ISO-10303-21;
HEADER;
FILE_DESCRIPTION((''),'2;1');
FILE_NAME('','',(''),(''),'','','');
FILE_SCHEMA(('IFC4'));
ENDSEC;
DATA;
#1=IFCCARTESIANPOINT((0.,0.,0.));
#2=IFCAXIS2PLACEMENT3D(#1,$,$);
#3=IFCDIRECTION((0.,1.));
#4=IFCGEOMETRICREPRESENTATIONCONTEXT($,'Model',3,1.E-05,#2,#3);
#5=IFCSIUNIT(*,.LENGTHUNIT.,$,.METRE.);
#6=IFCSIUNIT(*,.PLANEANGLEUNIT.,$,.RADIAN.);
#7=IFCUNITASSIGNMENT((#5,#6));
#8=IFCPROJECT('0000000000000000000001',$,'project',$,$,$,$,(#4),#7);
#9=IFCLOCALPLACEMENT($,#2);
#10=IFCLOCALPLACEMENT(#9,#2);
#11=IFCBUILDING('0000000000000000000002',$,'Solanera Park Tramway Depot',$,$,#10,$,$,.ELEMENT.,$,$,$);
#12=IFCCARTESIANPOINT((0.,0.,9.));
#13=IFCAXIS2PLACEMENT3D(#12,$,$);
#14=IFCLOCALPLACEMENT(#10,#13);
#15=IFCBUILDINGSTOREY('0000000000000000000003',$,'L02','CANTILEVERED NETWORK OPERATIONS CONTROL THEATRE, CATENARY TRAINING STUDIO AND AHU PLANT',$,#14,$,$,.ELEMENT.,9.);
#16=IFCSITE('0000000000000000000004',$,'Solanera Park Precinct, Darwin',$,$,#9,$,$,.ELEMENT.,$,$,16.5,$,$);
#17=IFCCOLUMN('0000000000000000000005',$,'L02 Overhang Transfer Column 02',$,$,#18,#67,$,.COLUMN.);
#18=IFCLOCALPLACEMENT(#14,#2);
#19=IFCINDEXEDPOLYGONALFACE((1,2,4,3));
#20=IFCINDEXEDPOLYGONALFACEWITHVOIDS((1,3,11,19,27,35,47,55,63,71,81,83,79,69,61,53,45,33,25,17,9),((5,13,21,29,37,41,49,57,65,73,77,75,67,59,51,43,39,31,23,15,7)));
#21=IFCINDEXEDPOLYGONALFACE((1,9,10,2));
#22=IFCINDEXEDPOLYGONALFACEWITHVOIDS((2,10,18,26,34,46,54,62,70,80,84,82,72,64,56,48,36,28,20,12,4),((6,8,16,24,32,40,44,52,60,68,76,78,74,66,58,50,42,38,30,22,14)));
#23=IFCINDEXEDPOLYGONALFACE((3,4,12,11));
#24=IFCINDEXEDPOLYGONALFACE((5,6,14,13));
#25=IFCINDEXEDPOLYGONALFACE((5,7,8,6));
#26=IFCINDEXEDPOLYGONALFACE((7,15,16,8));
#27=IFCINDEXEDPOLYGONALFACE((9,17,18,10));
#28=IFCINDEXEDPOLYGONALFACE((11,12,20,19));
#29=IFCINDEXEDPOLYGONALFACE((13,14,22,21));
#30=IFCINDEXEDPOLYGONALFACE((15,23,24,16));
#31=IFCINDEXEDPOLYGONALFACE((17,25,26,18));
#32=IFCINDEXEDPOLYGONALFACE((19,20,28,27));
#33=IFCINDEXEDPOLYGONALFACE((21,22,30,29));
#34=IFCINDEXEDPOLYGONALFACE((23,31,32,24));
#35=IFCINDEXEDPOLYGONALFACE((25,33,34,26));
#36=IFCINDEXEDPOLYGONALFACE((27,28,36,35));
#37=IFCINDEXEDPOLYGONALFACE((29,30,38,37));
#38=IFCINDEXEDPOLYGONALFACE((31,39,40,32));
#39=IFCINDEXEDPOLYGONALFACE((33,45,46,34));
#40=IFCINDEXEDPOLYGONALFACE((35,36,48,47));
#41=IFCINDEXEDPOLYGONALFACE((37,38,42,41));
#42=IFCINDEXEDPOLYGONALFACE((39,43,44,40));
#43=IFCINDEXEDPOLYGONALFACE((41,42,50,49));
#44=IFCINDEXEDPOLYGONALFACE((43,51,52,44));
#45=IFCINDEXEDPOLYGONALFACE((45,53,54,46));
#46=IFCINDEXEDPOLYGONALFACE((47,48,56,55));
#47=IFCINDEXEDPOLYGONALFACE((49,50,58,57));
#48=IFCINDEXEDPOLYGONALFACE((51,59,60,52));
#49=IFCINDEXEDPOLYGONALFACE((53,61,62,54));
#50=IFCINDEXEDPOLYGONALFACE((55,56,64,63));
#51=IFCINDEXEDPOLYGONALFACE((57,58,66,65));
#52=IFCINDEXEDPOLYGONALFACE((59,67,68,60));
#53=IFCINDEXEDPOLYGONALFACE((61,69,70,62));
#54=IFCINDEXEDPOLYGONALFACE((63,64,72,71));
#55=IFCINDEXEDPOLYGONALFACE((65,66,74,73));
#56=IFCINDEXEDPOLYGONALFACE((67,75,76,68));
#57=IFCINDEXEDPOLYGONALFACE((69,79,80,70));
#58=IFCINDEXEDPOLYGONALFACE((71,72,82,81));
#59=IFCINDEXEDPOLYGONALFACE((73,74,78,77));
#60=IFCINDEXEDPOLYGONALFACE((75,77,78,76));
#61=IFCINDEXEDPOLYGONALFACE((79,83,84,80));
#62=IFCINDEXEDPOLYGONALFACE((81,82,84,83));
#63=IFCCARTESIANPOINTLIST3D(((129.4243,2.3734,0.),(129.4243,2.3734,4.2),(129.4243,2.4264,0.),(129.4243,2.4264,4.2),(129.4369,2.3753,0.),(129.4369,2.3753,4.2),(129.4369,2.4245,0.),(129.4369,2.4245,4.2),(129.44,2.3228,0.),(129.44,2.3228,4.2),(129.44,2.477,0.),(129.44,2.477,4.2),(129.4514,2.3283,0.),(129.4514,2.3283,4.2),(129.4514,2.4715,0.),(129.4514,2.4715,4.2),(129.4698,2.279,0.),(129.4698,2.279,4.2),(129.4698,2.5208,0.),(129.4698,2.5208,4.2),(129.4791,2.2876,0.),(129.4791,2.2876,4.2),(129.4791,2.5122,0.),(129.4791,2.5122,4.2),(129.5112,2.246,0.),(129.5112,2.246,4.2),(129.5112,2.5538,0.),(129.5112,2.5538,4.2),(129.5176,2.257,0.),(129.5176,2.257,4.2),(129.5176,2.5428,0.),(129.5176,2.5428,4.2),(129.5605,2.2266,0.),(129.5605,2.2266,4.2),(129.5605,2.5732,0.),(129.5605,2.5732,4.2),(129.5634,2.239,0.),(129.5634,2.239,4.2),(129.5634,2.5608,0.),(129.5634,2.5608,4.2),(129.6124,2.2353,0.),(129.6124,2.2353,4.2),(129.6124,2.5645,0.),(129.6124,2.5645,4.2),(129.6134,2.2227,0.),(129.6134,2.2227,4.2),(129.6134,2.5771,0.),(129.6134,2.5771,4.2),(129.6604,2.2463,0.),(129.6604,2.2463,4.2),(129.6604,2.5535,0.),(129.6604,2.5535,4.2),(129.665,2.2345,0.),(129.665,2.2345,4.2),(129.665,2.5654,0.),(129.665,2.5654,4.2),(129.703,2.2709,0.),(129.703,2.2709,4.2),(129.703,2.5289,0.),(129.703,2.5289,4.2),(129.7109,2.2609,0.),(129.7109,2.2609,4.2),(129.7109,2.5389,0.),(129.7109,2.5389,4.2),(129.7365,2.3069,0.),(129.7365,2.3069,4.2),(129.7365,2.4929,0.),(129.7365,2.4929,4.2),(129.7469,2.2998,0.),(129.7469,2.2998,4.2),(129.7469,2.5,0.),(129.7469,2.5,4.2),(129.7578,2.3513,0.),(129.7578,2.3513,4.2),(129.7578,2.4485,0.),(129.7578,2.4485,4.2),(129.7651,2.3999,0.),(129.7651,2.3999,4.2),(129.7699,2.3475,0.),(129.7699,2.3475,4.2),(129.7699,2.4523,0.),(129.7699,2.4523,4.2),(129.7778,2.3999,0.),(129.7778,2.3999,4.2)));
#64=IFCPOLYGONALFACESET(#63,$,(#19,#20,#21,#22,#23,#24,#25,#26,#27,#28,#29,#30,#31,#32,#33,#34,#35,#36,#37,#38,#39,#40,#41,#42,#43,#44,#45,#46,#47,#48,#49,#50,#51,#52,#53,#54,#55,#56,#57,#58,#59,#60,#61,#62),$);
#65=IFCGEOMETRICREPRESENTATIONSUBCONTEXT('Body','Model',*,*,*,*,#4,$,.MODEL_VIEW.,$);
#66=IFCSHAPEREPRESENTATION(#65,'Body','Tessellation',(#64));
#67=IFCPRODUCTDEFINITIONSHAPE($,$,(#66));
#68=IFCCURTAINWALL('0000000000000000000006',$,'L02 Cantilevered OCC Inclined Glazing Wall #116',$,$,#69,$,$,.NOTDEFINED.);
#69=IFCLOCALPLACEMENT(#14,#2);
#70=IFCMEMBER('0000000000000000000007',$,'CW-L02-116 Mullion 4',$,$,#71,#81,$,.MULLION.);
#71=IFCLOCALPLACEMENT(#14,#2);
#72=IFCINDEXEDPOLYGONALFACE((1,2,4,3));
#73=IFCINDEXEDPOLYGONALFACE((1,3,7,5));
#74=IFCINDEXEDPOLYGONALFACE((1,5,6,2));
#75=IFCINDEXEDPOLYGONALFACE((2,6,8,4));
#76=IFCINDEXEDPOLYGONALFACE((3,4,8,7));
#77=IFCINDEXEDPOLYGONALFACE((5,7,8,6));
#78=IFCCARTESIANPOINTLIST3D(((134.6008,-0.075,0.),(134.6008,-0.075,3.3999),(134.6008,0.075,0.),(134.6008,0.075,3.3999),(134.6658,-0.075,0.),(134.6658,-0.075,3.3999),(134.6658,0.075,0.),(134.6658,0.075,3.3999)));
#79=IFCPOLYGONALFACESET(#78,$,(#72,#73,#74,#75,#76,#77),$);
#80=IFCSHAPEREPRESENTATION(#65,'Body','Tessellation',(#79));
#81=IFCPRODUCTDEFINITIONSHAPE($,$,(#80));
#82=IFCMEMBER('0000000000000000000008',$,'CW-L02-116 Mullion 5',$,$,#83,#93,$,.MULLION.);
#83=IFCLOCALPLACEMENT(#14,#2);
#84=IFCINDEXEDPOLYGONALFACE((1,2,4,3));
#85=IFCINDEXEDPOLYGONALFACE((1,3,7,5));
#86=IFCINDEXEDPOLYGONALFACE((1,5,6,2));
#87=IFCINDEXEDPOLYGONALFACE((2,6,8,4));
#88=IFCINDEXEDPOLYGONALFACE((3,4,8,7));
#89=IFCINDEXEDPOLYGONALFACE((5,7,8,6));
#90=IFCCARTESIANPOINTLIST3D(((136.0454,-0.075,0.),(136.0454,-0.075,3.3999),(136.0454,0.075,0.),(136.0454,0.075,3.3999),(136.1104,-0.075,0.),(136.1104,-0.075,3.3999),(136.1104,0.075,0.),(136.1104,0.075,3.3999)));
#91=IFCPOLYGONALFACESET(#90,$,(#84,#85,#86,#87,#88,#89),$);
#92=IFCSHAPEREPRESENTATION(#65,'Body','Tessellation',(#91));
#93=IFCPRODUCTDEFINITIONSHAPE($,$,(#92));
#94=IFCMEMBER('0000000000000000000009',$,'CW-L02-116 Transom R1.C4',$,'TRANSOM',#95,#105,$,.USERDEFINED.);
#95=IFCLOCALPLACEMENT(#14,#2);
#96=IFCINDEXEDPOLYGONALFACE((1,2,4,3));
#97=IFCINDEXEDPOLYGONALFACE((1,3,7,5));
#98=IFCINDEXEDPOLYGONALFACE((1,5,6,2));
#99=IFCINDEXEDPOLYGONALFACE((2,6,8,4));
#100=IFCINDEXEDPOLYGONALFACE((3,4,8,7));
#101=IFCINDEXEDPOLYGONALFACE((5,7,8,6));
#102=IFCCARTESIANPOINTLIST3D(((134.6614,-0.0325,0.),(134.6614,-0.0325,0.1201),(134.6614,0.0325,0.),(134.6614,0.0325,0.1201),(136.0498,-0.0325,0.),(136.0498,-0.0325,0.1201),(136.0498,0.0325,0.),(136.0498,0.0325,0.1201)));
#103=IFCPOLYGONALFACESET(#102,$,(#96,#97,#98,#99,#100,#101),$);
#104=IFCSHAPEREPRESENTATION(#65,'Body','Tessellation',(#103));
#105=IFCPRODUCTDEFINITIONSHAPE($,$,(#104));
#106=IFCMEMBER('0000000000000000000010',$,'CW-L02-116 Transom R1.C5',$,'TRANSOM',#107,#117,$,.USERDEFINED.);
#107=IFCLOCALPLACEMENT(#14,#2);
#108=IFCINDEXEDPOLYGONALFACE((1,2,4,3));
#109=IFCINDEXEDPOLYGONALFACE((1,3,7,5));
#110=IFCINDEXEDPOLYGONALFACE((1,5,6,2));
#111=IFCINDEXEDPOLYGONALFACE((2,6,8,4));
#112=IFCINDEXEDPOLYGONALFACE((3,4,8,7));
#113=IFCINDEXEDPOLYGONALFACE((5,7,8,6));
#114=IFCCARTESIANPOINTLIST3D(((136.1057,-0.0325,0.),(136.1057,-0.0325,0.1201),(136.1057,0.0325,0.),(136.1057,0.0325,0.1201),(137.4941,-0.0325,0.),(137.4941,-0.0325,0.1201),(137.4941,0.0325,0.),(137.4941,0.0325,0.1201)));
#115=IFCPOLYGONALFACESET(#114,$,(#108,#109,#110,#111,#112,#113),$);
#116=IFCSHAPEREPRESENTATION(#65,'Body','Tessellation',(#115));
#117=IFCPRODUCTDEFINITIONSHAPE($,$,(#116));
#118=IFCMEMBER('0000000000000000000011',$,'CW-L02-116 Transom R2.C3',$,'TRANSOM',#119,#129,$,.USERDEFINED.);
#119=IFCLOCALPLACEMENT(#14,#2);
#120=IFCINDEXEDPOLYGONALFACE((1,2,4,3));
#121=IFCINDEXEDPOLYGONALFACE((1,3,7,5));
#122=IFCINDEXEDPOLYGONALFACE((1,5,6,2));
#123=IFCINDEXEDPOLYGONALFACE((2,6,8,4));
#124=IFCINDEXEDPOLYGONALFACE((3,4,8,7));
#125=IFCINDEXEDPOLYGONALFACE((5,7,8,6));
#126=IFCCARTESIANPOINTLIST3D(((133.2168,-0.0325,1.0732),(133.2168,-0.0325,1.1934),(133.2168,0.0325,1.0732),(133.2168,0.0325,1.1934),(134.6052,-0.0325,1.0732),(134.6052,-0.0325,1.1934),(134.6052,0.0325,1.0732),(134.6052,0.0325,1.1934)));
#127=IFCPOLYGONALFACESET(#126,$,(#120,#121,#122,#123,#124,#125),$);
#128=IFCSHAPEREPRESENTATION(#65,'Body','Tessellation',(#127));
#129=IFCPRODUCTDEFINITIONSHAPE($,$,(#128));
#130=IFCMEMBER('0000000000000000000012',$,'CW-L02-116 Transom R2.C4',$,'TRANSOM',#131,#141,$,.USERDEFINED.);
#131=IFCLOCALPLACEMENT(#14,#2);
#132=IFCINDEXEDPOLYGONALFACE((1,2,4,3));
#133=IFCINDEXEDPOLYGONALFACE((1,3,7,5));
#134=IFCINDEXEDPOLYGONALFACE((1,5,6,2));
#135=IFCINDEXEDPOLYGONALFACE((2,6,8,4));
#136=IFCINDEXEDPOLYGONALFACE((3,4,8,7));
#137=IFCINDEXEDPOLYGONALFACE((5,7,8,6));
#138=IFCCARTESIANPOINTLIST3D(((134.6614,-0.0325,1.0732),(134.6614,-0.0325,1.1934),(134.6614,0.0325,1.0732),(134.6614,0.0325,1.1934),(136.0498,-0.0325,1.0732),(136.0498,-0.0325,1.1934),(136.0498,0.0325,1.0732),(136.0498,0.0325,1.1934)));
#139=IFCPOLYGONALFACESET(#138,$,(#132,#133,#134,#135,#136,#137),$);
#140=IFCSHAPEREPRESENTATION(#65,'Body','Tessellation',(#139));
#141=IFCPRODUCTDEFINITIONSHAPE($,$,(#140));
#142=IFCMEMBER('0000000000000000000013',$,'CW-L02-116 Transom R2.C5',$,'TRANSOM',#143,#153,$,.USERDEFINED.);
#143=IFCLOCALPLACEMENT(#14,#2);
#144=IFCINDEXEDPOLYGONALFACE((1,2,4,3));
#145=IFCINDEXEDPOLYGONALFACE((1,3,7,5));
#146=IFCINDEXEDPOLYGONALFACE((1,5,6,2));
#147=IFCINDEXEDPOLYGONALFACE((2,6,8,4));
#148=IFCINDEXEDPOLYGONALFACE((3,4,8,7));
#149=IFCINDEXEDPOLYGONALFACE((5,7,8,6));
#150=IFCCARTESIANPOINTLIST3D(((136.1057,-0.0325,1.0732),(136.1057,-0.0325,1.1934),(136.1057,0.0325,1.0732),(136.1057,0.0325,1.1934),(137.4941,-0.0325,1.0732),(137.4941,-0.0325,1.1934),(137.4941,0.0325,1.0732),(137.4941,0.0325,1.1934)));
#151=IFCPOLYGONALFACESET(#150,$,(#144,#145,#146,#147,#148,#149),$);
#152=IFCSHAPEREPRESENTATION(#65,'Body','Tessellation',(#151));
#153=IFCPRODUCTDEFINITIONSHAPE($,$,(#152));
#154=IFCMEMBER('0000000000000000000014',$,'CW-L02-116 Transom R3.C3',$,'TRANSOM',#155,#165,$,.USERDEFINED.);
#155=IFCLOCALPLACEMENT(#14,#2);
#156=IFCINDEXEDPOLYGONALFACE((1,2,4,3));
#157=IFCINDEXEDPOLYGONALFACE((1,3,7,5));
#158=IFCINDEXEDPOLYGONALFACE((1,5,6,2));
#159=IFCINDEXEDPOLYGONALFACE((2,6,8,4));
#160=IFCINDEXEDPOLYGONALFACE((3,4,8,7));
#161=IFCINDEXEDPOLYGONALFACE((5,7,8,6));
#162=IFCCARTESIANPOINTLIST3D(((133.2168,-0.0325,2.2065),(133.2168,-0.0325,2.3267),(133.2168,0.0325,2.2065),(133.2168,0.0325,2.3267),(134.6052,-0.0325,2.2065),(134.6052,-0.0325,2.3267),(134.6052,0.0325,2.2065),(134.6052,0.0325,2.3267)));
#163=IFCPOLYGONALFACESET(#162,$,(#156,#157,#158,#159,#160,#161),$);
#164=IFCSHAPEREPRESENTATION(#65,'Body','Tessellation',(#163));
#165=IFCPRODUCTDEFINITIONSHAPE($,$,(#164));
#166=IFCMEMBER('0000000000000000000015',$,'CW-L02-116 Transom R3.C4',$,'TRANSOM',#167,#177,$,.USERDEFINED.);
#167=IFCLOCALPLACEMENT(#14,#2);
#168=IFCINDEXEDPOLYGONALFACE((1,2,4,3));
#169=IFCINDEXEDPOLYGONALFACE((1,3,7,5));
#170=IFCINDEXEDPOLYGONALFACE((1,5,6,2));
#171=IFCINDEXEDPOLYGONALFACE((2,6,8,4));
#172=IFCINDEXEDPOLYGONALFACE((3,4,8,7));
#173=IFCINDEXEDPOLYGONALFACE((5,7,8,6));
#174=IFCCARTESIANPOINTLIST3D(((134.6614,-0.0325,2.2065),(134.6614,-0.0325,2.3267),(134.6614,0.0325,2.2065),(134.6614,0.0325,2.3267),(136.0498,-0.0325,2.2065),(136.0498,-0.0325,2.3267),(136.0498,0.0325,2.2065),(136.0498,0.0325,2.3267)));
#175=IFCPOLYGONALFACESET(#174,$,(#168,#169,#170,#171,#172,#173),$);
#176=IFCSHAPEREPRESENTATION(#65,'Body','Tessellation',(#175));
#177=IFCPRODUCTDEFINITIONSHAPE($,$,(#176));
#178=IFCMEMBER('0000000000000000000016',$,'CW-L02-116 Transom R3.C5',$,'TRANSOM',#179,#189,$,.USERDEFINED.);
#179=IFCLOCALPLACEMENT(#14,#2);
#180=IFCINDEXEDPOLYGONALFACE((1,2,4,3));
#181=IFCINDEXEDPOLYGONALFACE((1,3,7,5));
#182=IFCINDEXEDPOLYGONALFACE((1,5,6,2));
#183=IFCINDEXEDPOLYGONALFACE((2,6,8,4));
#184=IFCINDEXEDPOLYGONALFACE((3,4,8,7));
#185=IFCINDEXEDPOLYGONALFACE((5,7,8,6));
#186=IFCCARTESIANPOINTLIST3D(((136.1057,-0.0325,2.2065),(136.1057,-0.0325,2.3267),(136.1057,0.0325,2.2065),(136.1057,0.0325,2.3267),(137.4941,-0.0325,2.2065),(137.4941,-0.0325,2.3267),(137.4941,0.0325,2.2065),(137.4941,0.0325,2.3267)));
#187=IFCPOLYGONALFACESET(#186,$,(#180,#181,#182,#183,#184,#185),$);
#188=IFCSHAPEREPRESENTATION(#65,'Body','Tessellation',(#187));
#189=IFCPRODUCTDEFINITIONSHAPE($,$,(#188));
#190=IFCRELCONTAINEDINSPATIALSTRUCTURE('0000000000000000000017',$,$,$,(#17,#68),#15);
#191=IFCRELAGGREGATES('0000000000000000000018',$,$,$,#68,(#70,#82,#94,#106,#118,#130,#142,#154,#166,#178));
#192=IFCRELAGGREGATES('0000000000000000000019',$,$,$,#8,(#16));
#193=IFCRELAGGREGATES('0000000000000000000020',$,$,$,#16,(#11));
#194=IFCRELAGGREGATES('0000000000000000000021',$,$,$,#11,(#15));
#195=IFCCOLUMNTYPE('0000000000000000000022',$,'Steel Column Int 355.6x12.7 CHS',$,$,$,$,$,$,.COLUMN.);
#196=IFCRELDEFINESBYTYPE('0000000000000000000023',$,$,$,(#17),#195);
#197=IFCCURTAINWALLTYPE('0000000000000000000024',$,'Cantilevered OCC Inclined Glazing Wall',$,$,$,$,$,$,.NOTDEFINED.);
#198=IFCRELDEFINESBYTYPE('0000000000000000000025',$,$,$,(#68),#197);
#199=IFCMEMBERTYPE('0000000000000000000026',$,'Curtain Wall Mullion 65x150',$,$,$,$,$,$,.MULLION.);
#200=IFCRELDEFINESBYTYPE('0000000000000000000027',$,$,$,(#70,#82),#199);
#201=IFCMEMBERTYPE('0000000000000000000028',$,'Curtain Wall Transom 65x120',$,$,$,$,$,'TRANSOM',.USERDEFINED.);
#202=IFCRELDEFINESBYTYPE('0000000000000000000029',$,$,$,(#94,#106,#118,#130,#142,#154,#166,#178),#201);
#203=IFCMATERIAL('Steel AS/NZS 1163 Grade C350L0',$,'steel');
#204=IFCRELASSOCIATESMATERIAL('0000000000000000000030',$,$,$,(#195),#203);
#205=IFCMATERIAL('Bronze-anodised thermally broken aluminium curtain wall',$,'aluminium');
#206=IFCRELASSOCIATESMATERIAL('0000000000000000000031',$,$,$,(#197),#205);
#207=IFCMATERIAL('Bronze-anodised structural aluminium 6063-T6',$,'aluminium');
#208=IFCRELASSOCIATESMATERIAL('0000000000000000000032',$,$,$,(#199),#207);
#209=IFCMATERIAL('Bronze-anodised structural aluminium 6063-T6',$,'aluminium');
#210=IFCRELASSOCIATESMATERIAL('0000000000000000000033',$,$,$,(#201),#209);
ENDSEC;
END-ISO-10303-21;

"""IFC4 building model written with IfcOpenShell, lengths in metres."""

from ifc_helpers import new_model, si_unit, direction, frame, origin, origin_2d, place, context, subcontext, project, spatial, rectangle, hollow_circle, extrude, material, material_profile, profile_set, type_object, element, aggregate, save


model = new_model("IFC4")

# Units and contexts
model_context = context("Model", 3, precision=1e-05, world=origin(), true_north=direction((0.0, 1.0)))
body_context = subcontext(model_context, "Body", "Model", "MODEL_VIEW")
ifc_project = project(units=[si_unit("LENGTHUNIT", "METRE"), si_unit("PLANEANGLEUNIT", "RADIAN")], contexts=[model_context])

# Site, building, storey
site_placement = place(None, origin())
site = spatial("IfcSite", under=ifc_project, at=site_placement, Name="Solanera Park Precinct, Darwin", CompositionType="ELEMENT", RefElevation=16.5)
building_placement = place(site_placement, origin())
building = spatial("IfcBuilding", under=site, at=building_placement, Name="Solanera Park Tramway Depot", CompositionType="ELEMENT")
storey_placement = place(building_placement, frame((0.0, 0.0, 9.0)))
storey = spatial("IfcBuildingStorey", under=building, at=storey_placement, Name="L02", Description="CANTILEVERED NETWORK OPERATIONS CONTROL THEATRE, CATENARY TRAINING STUDIO AND AHU PLANT", CompositionType="ELEMENT", Elevation=9.0)

# Column
ifc_material_1 = material(Name="Steel AS/NZS 1163 Grade C350L0", Category="steel")
ifc_material_profile_1 = material_profile(ifc_material_1, hollow_circle(Radius=0.1777, WallThickness=0.0127, at=origin_2d()), Name="355.6x12.7 CHS")
ifc_profile_set_1 = profile_set([ifc_material_profile_1], Name="Steel AS/NZS 1163 Grade C350L0")
column_type = type_object("IfcColumnType", Name="Steel Column Int 355.6x12.7 CHS", PredefinedType="COLUMN", material=ifc_profile_set_1)
column_placement = place(storey_placement, frame((129.6001, 2.3999, 0.0), z_axis=(0.0, 0.0, 1.0), x_axis=(1.0, 0.0, 0.0)))
element("IfcColumn", 1, at=column_placement, inside=storey, type_object=column_type, Name="L02 Overhang Transfer Column 02", PredefinedType="COLUMN", context=body_context, shape_type="SweptSolid", body=[
    extrude(hollow_circle(Radius=0.1777, WallThickness=0.0127, at=origin_2d()), origin(), (0.0, 0.0, 1.0), 4.2),
])

# Curtain wall, members
ifc_material_2 = material(Name="Bronze-anodised thermally broken aluminium curtain wall", Category="aluminium")
curtain_wall_type = type_object("IfcCurtainWallType", Name="Cantilevered OCC Inclined Glazing Wall", PredefinedType="NOTDEFINED", material=ifc_material_2)
curtain_wall_placement = place(storey_placement, origin())
curtain_wall = element("IfcCurtainWall", 2, at=curtain_wall_placement, inside=storey, type_object=curtain_wall_type, Name="L02 Cantilevered OCC Inclined Glazing Wall #116", PredefinedType="NOTDEFINED")
ifc_material_3 = material(Name="Bronze-anodised structural aluminium 6063-T6", Category="aluminium")
ifc_material_profile_2 = material_profile(ifc_material_3, rectangle(XDim=0.0649, YDim=0.1499, at=origin_2d()), Name="Curtain Wall Mullion 65x150")
ifc_profile_set_2 = profile_set([ifc_material_profile_2], Name="Bronze-anodised structural aluminium 6063-T6")
member_type_1 = type_object("IfcMemberType", Name="Curtain Wall Mullion 65x150", PredefinedType="MULLION", material=ifc_profile_set_2)
member_1_placement = place(storey_placement, frame((134.6333, 0.0, 0.0), z_axis=(0.0, 0.0, 1.0), x_axis=(1.0, 0.0, 0.0)))
member_1 = element("IfcMember", 3, at=member_1_placement, type_object=member_type_1, Name="CW-L02-116 Mullion 4", PredefinedType="MULLION", context=body_context, shape_type="SweptSolid", body=[
    extrude(rectangle(XDim=0.0649, YDim=0.1499, at=origin_2d()), origin(), (0.0, 0.0, 1.0), 3.3999),
])
member_2_placement = place(storey_placement, frame((136.0779, 0.0, 0.0), z_axis=(0.0, 0.0, 1.0), x_axis=(1.0, 0.0, 0.0)))
member_2 = element("IfcMember", 4, at=member_2_placement, type_object=member_type_1, Name="CW-L02-116 Mullion 5", PredefinedType="MULLION", context=body_context, shape_type="SweptSolid", body=[
    extrude(rectangle(XDim=0.0649, YDim=0.1499, at=origin_2d()), origin(), (0.0, 0.0, 1.0), 3.3999),
])
ifc_material_4 = material(Name="Bronze-anodised structural aluminium 6063-T6", Category="aluminium")
ifc_material_profile_3 = material_profile(ifc_material_4, rectangle(XDim=0.0649, YDim=0.1201, at=origin_2d()), Name="Curtain Wall Transom 65x120")
ifc_profile_set_3 = profile_set([ifc_material_profile_3], Name="Bronze-anodised structural aluminium 6063-T6")
member_type_2 = type_object("IfcMemberType", Name="Curtain Wall Transom 65x120", ElementType="TRANSOM", PredefinedType="USERDEFINED", material=ifc_profile_set_3)
member_3_placement = place(storey_placement, frame((134.6614, 0.0, 0.0601), z_axis=(1.0, 0.0, 0.0), x_axis=(0.0, 1.0, 0.0)))
member_3 = element("IfcMember", 5, at=member_3_placement, type_object=member_type_2, Name="CW-L02-116 Transom R1.C4", ObjectType="TRANSOM", PredefinedType="USERDEFINED", context=body_context, shape_type="SweptSolid", body=[
    extrude(rectangle(XDim=0.0649, YDim=0.1201, at=origin_2d()), origin(), (0.0, 0.0, 1.0), 1.3884),
])
member_4_placement = place(storey_placement, frame((136.1057, 0.0, 0.0601), z_axis=(1.0, 0.0, 0.0), x_axis=(0.0, 1.0, 0.0)))
member_4 = element("IfcMember", 6, at=member_4_placement, type_object=member_type_2, Name="CW-L02-116 Transom R1.C5", ObjectType="TRANSOM", PredefinedType="USERDEFINED", context=body_context, shape_type="SweptSolid", body=[
    extrude(rectangle(XDim=0.0649, YDim=0.1201, at=origin_2d()), origin(), (0.0, 0.0, 1.0), 1.3884),
])
member_5_placement = place(storey_placement, frame((133.2168, 0.0, 1.1333), z_axis=(1.0, 0.0, 0.0), x_axis=(0.0, 1.0, 0.0)))
member_5 = element("IfcMember", 7, at=member_5_placement, type_object=member_type_2, Name="CW-L02-116 Transom R2.C3", ObjectType="TRANSOM", PredefinedType="USERDEFINED", context=body_context, shape_type="SweptSolid", body=[
    extrude(rectangle(XDim=0.0649, YDim=0.1201, at=origin_2d()), origin(), (0.0, 0.0, 1.0), 1.3884),
])
member_6_placement = place(storey_placement, frame((134.6614, 0.0, 1.1333), z_axis=(1.0, 0.0, 0.0), x_axis=(0.0, 1.0, 0.0)))
member_6 = element("IfcMember", 8, at=member_6_placement, type_object=member_type_2, Name="CW-L02-116 Transom R2.C4", ObjectType="TRANSOM", PredefinedType="USERDEFINED", context=body_context, shape_type="SweptSolid", body=[
    extrude(rectangle(XDim=0.0649, YDim=0.1201, at=origin_2d()), origin(), (0.0, 0.0, 1.0), 1.3884),
])
member_7_placement = place(storey_placement, frame((136.1057, 0.0, 1.1333), z_axis=(1.0, 0.0, 0.0), x_axis=(0.0, 1.0, 0.0)))
member_7 = element("IfcMember", 9, at=member_7_placement, type_object=member_type_2, Name="CW-L02-116 Transom R2.C5", ObjectType="TRANSOM", PredefinedType="USERDEFINED", context=body_context, shape_type="SweptSolid", body=[
    extrude(rectangle(XDim=0.0649, YDim=0.1201, at=origin_2d()), origin(), (0.0, 0.0, 1.0), 1.3884),
])
member_8_placement = place(storey_placement, frame((133.2168, 0.0, 2.2666), z_axis=(1.0, 0.0, 0.0), x_axis=(0.0, 1.0, 0.0)))
member_8 = element("IfcMember", 10, at=member_8_placement, type_object=member_type_2, Name="CW-L02-116 Transom R3.C3", ObjectType="TRANSOM", PredefinedType="USERDEFINED", context=body_context, shape_type="SweptSolid", body=[
    extrude(rectangle(XDim=0.0649, YDim=0.1201, at=origin_2d()), origin(), (0.0, 0.0, 1.0), 1.3884),
])
member_9_placement = place(storey_placement, frame((134.6614, 0.0, 2.2666), z_axis=(1.0, 0.0, 0.0), x_axis=(0.0, 1.0, 0.0)))
member_9 = element("IfcMember", 11, at=member_9_placement, type_object=member_type_2, Name="CW-L02-116 Transom R3.C4", ObjectType="TRANSOM", PredefinedType="USERDEFINED", context=body_context, shape_type="SweptSolid", body=[
    extrude(rectangle(XDim=0.0649, YDim=0.1201, at=origin_2d()), origin(), (0.0, 0.0, 1.0), 1.3884),
])
member_10_placement = place(storey_placement, frame((136.1057, 0.0, 2.2666), z_axis=(1.0, 0.0, 0.0), x_axis=(0.0, 1.0, 0.0)))
member_10 = element("IfcMember", 12, at=member_10_placement, type_object=member_type_2, Name="CW-L02-116 Transom R3.C5", ObjectType="TRANSOM", PredefinedType="USERDEFINED", context=body_context, shape_type="SweptSolid", body=[
    extrude(rectangle(XDim=0.0649, YDim=0.1201, at=origin_2d()), origin(), (0.0, 0.0, 1.0), 1.3884),
])

aggregate(curtain_wall, [member_1, member_2, member_3, member_4, member_5, member_6, member_7, member_8, member_9, member_10])

save(model, "model.ifc")
